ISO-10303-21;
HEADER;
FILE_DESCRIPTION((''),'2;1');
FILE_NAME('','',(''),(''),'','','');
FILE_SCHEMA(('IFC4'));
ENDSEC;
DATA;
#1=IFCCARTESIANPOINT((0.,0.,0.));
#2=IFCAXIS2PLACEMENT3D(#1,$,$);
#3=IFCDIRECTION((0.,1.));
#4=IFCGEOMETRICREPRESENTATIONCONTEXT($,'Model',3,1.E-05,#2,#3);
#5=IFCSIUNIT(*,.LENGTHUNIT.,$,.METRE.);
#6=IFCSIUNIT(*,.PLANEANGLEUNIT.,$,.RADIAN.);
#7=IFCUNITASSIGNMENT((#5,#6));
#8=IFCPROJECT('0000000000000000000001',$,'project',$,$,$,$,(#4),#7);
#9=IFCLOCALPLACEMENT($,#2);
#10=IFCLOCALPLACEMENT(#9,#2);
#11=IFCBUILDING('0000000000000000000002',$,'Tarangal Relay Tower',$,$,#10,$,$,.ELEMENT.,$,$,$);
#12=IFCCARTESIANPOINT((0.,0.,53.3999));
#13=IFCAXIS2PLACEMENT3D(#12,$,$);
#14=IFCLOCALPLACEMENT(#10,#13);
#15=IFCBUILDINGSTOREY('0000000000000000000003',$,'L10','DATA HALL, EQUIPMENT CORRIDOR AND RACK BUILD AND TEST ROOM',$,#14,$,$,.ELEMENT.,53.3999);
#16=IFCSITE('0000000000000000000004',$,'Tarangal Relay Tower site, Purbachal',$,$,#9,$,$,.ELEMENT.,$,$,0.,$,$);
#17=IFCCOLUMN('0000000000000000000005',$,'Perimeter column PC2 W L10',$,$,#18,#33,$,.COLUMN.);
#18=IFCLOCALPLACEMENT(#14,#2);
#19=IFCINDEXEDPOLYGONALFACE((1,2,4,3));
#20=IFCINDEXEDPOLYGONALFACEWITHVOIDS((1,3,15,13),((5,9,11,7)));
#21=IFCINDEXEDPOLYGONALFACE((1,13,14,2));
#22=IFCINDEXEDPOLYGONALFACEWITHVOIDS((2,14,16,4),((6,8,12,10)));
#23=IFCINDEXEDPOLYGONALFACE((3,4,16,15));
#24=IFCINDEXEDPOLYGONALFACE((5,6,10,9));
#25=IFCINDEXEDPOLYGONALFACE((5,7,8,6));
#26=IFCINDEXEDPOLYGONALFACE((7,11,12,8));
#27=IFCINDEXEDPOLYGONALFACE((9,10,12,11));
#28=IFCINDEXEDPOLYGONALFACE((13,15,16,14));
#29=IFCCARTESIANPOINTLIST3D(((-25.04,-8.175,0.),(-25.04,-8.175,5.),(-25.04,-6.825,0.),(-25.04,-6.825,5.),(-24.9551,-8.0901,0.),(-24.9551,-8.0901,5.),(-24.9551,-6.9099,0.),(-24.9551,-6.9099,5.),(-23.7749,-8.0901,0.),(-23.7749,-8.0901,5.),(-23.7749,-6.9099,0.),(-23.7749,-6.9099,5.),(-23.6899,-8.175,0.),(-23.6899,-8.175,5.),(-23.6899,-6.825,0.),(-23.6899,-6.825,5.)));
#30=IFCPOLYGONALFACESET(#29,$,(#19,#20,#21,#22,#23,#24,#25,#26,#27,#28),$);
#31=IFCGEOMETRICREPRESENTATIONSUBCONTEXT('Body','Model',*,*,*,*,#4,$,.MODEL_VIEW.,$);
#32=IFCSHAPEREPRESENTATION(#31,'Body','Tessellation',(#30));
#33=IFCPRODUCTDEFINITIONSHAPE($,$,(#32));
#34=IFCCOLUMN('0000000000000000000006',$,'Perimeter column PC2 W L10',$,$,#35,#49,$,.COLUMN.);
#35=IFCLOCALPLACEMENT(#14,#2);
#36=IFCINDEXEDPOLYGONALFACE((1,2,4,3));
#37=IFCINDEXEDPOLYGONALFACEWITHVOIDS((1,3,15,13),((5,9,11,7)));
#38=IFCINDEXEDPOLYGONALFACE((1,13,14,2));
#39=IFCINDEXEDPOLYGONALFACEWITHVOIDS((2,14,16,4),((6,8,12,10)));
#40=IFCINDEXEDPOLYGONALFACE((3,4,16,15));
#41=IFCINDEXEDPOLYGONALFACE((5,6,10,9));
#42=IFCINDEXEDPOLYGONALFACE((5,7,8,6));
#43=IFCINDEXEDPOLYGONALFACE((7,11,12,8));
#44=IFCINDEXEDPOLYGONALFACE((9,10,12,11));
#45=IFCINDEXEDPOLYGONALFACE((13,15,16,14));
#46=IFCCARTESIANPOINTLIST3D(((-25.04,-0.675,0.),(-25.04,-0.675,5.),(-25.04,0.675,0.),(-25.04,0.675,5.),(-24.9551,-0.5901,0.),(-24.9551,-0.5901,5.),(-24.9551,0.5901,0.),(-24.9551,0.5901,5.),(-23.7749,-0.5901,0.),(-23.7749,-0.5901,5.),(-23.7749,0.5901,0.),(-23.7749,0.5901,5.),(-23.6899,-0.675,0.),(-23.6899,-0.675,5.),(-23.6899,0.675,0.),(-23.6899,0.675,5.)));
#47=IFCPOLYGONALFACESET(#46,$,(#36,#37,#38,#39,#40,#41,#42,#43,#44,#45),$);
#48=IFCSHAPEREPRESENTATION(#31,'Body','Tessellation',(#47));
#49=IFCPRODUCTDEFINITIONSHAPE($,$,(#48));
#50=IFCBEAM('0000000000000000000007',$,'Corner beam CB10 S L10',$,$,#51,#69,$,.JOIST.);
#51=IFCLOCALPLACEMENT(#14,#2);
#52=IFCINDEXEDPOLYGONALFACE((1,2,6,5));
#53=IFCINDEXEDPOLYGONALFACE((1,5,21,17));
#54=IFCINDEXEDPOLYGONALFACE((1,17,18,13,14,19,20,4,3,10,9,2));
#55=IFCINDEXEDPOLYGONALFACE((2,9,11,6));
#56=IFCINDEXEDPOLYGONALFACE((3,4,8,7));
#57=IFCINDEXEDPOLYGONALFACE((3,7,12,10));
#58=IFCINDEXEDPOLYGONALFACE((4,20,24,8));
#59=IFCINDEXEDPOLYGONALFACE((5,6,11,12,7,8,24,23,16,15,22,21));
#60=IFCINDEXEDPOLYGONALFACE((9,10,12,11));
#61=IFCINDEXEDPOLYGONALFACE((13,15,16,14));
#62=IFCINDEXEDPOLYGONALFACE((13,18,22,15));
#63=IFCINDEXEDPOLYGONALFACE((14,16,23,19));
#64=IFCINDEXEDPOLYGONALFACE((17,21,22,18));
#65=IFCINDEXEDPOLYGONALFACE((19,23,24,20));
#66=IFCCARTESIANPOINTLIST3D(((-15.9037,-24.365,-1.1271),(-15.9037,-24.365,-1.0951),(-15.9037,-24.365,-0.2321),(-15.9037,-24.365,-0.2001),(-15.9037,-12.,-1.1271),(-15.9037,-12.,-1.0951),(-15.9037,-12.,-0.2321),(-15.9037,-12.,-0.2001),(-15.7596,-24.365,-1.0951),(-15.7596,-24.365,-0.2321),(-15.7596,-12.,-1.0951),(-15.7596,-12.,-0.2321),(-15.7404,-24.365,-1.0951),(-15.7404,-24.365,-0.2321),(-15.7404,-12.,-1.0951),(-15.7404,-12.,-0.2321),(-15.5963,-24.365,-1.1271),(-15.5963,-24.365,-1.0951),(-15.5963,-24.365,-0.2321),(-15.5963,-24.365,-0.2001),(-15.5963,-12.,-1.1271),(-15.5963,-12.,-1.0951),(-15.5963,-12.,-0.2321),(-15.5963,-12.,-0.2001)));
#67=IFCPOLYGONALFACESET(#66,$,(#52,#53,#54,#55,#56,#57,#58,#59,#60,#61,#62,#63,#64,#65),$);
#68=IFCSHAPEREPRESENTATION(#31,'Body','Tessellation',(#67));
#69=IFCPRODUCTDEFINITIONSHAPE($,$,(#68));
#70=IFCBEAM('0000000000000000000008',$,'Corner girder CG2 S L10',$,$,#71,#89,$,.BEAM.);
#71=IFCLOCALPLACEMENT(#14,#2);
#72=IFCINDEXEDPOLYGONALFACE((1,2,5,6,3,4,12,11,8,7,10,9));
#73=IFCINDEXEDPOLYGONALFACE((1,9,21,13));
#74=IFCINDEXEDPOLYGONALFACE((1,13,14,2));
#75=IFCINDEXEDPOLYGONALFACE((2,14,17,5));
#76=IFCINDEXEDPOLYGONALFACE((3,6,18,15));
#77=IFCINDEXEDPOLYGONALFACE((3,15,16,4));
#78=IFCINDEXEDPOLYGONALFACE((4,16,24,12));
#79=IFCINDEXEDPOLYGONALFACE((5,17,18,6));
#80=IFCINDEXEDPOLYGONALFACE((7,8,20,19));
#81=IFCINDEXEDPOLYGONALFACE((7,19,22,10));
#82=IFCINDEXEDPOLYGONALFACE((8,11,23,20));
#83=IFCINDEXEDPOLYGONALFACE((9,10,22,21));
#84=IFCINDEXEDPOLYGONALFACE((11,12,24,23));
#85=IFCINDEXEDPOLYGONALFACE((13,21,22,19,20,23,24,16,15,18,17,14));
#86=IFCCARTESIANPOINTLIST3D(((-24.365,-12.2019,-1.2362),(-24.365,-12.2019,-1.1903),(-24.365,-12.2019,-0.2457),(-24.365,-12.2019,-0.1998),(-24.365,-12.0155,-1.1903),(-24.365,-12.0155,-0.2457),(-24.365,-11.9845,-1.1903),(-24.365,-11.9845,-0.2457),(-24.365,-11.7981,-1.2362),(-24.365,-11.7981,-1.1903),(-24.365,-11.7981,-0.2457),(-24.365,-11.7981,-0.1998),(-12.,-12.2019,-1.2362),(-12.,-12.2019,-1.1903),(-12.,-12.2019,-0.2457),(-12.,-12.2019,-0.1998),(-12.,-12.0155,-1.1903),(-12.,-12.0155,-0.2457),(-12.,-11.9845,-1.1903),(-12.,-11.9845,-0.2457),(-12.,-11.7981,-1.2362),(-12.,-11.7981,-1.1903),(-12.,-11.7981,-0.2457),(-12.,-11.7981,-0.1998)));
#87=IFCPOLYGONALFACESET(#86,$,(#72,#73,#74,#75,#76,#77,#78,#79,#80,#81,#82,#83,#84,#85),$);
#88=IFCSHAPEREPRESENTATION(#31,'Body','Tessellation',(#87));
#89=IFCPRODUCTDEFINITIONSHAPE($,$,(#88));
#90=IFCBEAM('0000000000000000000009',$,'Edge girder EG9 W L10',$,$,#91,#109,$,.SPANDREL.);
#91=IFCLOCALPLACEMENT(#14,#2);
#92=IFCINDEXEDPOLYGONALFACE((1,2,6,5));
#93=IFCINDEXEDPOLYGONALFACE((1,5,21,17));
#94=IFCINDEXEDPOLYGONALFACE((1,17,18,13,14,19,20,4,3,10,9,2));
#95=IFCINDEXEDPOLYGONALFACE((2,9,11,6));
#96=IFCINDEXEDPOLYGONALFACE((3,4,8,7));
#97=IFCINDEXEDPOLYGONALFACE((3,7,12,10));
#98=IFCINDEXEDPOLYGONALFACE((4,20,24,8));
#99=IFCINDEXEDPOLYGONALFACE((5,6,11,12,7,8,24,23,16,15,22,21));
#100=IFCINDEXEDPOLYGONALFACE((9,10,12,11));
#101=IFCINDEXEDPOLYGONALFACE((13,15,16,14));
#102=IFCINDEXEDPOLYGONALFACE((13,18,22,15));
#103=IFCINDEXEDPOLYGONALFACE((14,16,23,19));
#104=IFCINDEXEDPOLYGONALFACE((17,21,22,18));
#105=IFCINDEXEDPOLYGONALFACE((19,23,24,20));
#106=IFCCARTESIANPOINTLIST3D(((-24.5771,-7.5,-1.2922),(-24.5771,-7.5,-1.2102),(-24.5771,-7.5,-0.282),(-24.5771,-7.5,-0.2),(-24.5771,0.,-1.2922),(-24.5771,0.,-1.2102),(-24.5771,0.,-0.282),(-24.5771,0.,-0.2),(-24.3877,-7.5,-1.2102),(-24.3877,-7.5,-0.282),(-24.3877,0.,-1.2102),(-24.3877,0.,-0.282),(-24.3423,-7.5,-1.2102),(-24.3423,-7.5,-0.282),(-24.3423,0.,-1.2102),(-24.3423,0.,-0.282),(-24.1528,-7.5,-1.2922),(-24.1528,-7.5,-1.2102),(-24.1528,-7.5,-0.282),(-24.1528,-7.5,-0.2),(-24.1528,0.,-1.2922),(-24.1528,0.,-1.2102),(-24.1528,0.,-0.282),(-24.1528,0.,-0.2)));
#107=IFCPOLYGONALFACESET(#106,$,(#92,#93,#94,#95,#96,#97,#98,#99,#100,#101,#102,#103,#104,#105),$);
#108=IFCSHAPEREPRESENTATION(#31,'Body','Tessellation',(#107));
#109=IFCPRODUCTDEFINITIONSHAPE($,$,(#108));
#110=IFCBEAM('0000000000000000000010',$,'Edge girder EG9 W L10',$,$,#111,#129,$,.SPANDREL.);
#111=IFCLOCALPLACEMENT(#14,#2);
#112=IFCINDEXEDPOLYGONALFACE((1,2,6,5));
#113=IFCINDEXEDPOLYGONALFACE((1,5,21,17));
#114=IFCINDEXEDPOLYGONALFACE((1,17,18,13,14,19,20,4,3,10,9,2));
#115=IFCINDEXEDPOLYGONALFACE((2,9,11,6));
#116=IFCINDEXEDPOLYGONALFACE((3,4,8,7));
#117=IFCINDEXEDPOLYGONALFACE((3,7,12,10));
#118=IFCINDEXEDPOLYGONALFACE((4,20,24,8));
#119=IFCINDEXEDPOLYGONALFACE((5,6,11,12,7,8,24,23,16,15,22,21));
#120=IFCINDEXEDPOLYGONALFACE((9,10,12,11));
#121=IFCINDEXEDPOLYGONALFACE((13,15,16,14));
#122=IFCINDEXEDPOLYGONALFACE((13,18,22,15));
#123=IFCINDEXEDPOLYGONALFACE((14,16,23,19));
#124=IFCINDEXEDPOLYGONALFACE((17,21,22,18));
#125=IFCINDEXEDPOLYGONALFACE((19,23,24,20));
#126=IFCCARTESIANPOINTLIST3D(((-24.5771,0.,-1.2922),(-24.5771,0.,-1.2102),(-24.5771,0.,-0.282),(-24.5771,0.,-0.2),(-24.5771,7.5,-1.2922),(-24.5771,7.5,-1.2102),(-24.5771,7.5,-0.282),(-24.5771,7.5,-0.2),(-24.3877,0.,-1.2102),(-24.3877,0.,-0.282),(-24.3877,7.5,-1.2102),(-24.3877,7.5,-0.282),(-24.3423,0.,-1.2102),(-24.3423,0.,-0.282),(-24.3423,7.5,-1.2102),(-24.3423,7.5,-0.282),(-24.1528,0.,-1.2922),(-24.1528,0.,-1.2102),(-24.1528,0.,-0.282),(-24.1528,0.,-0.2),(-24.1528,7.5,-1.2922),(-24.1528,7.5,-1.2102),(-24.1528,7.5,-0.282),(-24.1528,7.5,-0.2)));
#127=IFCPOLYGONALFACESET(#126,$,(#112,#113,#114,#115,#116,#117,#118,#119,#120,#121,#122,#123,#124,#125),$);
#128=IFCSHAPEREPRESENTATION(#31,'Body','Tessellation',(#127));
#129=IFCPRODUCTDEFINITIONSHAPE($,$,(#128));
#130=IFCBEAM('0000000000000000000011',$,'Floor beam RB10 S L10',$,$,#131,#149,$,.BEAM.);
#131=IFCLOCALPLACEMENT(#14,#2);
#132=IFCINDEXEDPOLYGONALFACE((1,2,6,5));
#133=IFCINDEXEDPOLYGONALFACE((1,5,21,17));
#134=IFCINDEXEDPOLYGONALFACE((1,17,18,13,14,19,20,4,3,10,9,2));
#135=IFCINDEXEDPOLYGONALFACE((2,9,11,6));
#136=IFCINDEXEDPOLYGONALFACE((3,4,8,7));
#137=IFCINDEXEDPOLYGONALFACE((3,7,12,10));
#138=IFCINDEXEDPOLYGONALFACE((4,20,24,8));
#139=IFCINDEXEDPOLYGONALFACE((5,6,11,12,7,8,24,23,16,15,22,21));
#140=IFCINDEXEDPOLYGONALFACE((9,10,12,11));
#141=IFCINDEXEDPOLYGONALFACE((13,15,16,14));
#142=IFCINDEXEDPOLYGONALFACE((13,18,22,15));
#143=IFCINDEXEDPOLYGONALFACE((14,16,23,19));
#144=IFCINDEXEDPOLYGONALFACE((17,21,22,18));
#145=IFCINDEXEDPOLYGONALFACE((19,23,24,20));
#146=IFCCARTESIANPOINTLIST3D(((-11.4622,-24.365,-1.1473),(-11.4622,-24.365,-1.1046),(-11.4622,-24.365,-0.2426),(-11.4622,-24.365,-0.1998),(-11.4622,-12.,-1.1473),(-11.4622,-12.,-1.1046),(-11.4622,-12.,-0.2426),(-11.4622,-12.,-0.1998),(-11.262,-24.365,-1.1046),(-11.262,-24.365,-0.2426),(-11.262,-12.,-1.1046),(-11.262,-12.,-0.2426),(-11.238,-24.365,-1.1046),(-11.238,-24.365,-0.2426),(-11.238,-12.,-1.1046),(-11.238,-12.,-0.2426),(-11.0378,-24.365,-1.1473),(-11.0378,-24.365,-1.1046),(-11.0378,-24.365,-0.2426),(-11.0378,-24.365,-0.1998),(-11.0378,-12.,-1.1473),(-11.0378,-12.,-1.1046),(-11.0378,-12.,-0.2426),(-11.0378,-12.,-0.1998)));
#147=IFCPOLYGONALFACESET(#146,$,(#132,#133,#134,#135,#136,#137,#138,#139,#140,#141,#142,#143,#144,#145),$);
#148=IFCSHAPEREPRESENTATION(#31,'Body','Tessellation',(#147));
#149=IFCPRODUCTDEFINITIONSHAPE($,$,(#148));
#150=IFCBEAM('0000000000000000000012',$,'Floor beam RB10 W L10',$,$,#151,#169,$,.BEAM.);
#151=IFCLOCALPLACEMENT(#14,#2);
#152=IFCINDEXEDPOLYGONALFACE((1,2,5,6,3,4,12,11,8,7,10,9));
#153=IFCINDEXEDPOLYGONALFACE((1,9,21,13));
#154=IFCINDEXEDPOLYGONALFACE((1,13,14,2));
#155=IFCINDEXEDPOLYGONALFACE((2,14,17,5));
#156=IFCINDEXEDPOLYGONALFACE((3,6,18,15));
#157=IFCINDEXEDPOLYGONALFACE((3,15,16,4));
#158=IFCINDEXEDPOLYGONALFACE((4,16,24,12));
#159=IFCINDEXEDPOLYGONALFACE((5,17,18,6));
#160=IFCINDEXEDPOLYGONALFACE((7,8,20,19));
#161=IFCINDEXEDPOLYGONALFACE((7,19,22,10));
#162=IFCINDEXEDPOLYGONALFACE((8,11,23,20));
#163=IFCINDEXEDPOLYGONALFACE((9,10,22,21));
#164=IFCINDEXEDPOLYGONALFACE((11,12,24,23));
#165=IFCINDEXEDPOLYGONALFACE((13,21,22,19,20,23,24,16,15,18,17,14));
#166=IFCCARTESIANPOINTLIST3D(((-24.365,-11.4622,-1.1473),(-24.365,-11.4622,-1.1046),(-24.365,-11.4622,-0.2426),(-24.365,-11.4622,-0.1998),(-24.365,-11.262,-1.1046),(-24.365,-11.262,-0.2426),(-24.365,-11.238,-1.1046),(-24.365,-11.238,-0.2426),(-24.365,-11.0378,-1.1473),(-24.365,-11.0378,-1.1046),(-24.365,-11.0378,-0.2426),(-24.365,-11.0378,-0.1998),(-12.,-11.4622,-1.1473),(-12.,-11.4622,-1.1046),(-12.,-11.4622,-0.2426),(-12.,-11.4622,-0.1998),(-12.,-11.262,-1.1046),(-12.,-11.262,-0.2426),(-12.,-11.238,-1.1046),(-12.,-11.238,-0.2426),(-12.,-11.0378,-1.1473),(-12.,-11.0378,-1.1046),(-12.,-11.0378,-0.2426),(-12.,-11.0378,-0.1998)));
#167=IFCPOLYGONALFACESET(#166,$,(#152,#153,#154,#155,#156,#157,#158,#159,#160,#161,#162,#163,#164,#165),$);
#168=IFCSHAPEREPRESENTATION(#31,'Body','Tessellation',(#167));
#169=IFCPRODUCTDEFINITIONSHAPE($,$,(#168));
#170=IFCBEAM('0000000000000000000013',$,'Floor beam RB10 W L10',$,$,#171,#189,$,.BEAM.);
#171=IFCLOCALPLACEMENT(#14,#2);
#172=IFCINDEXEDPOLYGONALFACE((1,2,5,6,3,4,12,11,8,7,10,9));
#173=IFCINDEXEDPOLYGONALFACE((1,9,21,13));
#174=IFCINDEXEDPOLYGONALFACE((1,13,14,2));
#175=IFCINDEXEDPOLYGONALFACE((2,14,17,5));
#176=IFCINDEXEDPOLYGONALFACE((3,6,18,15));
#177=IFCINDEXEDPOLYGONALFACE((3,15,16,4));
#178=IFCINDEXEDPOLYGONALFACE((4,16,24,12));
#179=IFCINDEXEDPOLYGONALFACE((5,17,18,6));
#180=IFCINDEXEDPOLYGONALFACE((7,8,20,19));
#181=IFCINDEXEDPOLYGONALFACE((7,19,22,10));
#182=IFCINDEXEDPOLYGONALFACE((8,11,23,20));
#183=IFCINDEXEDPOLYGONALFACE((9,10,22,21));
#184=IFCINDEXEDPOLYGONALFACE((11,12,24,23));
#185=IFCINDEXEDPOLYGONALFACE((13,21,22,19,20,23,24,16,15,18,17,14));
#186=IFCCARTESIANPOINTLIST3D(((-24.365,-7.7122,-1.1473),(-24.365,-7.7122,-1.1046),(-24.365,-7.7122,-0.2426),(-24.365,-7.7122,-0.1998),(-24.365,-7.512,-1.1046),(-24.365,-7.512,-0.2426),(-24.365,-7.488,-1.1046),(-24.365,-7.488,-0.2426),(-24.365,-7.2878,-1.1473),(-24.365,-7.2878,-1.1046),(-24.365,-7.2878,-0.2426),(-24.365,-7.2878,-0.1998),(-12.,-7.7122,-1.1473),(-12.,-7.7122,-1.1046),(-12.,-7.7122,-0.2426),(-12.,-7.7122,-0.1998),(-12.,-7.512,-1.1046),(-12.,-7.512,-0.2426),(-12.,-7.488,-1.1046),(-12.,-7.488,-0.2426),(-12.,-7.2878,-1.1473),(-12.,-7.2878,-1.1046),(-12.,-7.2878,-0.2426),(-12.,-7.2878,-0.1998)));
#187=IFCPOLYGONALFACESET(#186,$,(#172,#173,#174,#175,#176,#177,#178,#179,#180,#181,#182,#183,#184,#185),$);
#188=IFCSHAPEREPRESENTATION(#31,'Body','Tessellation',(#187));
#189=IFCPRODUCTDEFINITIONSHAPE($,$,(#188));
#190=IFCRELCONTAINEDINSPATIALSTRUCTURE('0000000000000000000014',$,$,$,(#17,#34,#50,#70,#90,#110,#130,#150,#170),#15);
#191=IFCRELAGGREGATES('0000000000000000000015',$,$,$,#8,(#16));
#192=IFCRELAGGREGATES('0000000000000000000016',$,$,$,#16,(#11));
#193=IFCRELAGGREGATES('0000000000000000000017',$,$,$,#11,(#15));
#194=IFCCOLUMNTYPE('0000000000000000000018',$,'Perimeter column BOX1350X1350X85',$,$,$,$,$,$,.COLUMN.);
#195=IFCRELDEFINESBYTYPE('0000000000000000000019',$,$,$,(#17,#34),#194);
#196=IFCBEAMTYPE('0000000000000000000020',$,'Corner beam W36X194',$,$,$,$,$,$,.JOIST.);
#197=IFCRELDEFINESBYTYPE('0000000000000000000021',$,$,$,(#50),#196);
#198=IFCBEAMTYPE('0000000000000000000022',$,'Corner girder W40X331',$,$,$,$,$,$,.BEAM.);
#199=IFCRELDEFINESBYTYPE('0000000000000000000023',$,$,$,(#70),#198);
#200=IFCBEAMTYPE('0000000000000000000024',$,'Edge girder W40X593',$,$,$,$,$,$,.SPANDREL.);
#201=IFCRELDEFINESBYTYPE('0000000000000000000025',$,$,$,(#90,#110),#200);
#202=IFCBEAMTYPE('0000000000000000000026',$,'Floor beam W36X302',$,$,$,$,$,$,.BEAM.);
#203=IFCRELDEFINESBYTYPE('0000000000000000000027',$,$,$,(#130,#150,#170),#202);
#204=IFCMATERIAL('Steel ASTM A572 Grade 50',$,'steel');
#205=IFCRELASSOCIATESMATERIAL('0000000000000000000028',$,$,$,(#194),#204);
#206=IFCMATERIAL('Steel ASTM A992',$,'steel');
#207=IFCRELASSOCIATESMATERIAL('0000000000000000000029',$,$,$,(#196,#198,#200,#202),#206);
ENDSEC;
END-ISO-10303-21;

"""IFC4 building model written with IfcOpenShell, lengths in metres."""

from ifc_helpers import new_model, si_unit, direction, frame, origin, origin_2d, place, context, subcontext, project, spatial, hollow_rectangle, i_section, extrude, material, material_profile, profile_set, type_object, element, save


model = new_model("IFC4")

# Units and contexts
model_context = context("Model", 3, precision=1e-05, world=origin(), true_north=direction((0.0, 1.0)))
body_context = subcontext(model_context, "Body", "Model", "MODEL_VIEW")
ifc_project = project(units=[si_unit("LENGTHUNIT", "METRE"), si_unit("PLANEANGLEUNIT", "RADIAN")], contexts=[model_context])

# Site, building, storey
site_placement = place(None, origin())
site = spatial("IfcSite", under=ifc_project, at=site_placement, Name="Tarangal Relay Tower site, Purbachal", CompositionType="ELEMENT", RefElevation=0.0)
building_placement = place(site_placement, origin())
building = spatial("IfcBuilding", under=site, at=building_placement, Name="Tarangal Relay Tower", CompositionType="ELEMENT")
storey_placement = place(building_placement, frame((0.0, 0.0, 53.3999)))
storey = spatial("IfcBuildingStorey", under=building, at=storey_placement, Name="L10", Description="DATA HALL, EQUIPMENT CORRIDOR AND RACK BUILD AND TEST ROOM", CompositionType="ELEMENT", Elevation=53.3999)

# Columns
ifc_material_1 = material(Name="Steel ASTM A572 Grade 50", Category="steel")
ifc_material_profile_1 = material_profile(ifc_material_1, hollow_rectangle(XDim=1.3501, YDim=1.3501, WallThickness=0.085, at=origin_2d()), Name="BOX1350X1350X85")
ifc_profile_set_1 = profile_set([ifc_material_profile_1], Name="Steel ASTM A572 Grade 50")
column_type = type_object("IfcColumnType", Name="Perimeter column BOX1350X1350X85", PredefinedType="COLUMN", material=ifc_profile_set_1)
for number, where, z_axis, x_axis, name in (
    (1, (-24.365, -7.5, 0.0), (0.0, 0.0, 1.0), (1.0, 0.0, 0.0), "Perimeter column PC2 W L10"),
    (2, (-24.365, 0.0, 0.0), (0.0, 0.0, 1.0), (1.0, 0.0, 0.0), "Perimeter column PC2 W L10"),
):
    element("IfcColumn", number, at=place(storey_placement, frame(where, z_axis=z_axis, x_axis=x_axis)), inside=storey, type_object=column_type, Name=name, PredefinedType="COLUMN", context=body_context, shape_type="SweptSolid", body=[
        extrude(hollow_rectangle(XDim=1.3501, YDim=1.3501, WallThickness=0.085, at=origin_2d()), origin(), (0.0, 0.0, 1.0), 5.0),
    ])

# Beams
ifc_material_2 = material(Name="Steel ASTM A992", Category="steel")
ifc_material_profile_2 = material_profile(ifc_material_2, i_section(OverallWidth=0.3074, OverallDepth=0.927, WebThickness=0.0193, FlangeThickness=0.032, at=origin_2d()), Name="W36X194")
ifc_profile_set_2 = profile_set([ifc_material_profile_2], Name="Steel ASTM A992")
beam_type_1 = type_object("IfcBeamType", Name="Corner beam W36X194", PredefinedType="JOIST", material=ifc_profile_set_2)
beam_1_placement = place(storey_placement, frame((-15.75, -12.0, -0.6636), z_axis=(0.0, -1.0, 0.0), x_axis=(1.0, 0.0, 0.0)))
element("IfcBeam", 3, at=beam_1_placement, inside=storey, type_object=beam_type_1, Name="Corner beam CB10 S L10", PredefinedType="JOIST", context=body_context, shape_type="SweptSolid", body=[
    extrude(i_section(OverallWidth=0.3074, OverallDepth=0.927, WebThickness=0.0193, FlangeThickness=0.032, at=origin_2d()), origin(), (0.0, 0.0, 1.0), 12.365),
])
ifc_material_profile_3 = material_profile(ifc_material_2, i_section(OverallWidth=0.4038, OverallDepth=1.0364, WebThickness=0.031, FlangeThickness=0.0459, at=origin_2d()), Name="W40X331")
ifc_profile_set_3 = profile_set([ifc_material_profile_3], Name="Steel ASTM A992")
beam_type_2 = type_object("IfcBeamType", Name="Corner girder W40X331", PredefinedType="BEAM", material=ifc_profile_set_3)
beam_2_placement = place(storey_placement, frame((-12.0, -12.0, -0.718), z_axis=(-1.0, 0.0, 0.0), x_axis=(0.0, -1.0, 0.0)))
element("IfcBeam", 4, at=beam_2_placement, inside=storey, type_object=beam_type_2, Name="Corner girder CG2 S L10", PredefinedType="BEAM", context=body_context, shape_type="SweptSolid", body=[
    extrude(i_section(OverallWidth=0.4038, OverallDepth=1.0364, WebThickness=0.031, FlangeThickness=0.0459, at=origin_2d()), origin(), (0.0, 0.0, 1.0), 12.365),
])
ifc_material_profile_4 = material_profile(ifc_material_2, i_section(OverallWidth=0.4243, OverallDepth=1.0923, WebThickness=0.0454, FlangeThickness=0.082, at=origin_2d()), Name="W40X593")
ifc_profile_set_4 = profile_set([ifc_material_profile_4], Name="Steel ASTM A992")
beam_type_3 = type_object("IfcBeamType", Name="Edge girder W40X593", PredefinedType="SPANDREL", material=ifc_profile_set_4)
for number, where, z_axis, x_axis, name in (
    (5, (-24.365, -7.5, -0.7461), (0.0, 1.0, 0.0), (-1.0, 0.0, 0.0), "Edge girder EG9 W L10"),
    (6, (-24.365, 0.0, -0.7461), (0.0, 1.0, 0.0), (-1.0, 0.0, 0.0), "Edge girder EG9 W L10"),
):
    element("IfcBeam", number, at=place(storey_placement, frame(where, z_axis=z_axis, x_axis=x_axis)), inside=storey, type_object=beam_type_3, Name=name, PredefinedType="SPANDREL", context=body_context, shape_type="SweptSolid", body=[
        extrude(i_section(OverallWidth=0.4243, OverallDepth=1.0923, WebThickness=0.0454, FlangeThickness=0.082, at=origin_2d()), origin(), (0.0, 0.0, 1.0), 7.5),
    ])
ifc_material_profile_5 = material_profile(ifc_material_2, i_section(OverallWidth=0.4243, OverallDepth=0.9475, WebThickness=0.0239, FlangeThickness=0.0427, at=origin_2d()), Name="W36X302")
ifc_profile_set_5 = profile_set([ifc_material_profile_5], Name="Steel ASTM A992")
beam_type_4 = type_object("IfcBeamType", Name="Floor beam W36X302", PredefinedType="BEAM", material=ifc_profile_set_5)
for number, where, z_axis, x_axis, name in (
    (7, (-11.25, -12.0, -0.6736), (0.0, -1.0, 0.0), (1.0, 0.0, 0.0), "Floor beam RB10 S L10"),
    (8, (-12.0, -11.25, -0.6736), (-1.0, 0.0, 0.0), (0.0, -1.0, 0.0), "Floor beam RB10 W L10"),
    (9, (-12.0, -7.5, -0.6736), (-1.0, 0.0, 0.0), (0.0, -1.0, 0.0), "Floor beam RB10 W L10"),
):
    element("IfcBeam", number, at=place(storey_placement, frame(where, z_axis=z_axis, x_axis=x_axis)), inside=storey, type_object=beam_type_4, Name=name, PredefinedType="BEAM", context=body_context, shape_type="SweptSolid", body=[
        extrude(i_section(OverallWidth=0.4243, OverallDepth=0.9475, WebThickness=0.0239, FlangeThickness=0.0427, at=origin_2d()), origin(), (0.0, 0.0, 1.0), 12.365),
    ])

save(model, "model.ifc")
